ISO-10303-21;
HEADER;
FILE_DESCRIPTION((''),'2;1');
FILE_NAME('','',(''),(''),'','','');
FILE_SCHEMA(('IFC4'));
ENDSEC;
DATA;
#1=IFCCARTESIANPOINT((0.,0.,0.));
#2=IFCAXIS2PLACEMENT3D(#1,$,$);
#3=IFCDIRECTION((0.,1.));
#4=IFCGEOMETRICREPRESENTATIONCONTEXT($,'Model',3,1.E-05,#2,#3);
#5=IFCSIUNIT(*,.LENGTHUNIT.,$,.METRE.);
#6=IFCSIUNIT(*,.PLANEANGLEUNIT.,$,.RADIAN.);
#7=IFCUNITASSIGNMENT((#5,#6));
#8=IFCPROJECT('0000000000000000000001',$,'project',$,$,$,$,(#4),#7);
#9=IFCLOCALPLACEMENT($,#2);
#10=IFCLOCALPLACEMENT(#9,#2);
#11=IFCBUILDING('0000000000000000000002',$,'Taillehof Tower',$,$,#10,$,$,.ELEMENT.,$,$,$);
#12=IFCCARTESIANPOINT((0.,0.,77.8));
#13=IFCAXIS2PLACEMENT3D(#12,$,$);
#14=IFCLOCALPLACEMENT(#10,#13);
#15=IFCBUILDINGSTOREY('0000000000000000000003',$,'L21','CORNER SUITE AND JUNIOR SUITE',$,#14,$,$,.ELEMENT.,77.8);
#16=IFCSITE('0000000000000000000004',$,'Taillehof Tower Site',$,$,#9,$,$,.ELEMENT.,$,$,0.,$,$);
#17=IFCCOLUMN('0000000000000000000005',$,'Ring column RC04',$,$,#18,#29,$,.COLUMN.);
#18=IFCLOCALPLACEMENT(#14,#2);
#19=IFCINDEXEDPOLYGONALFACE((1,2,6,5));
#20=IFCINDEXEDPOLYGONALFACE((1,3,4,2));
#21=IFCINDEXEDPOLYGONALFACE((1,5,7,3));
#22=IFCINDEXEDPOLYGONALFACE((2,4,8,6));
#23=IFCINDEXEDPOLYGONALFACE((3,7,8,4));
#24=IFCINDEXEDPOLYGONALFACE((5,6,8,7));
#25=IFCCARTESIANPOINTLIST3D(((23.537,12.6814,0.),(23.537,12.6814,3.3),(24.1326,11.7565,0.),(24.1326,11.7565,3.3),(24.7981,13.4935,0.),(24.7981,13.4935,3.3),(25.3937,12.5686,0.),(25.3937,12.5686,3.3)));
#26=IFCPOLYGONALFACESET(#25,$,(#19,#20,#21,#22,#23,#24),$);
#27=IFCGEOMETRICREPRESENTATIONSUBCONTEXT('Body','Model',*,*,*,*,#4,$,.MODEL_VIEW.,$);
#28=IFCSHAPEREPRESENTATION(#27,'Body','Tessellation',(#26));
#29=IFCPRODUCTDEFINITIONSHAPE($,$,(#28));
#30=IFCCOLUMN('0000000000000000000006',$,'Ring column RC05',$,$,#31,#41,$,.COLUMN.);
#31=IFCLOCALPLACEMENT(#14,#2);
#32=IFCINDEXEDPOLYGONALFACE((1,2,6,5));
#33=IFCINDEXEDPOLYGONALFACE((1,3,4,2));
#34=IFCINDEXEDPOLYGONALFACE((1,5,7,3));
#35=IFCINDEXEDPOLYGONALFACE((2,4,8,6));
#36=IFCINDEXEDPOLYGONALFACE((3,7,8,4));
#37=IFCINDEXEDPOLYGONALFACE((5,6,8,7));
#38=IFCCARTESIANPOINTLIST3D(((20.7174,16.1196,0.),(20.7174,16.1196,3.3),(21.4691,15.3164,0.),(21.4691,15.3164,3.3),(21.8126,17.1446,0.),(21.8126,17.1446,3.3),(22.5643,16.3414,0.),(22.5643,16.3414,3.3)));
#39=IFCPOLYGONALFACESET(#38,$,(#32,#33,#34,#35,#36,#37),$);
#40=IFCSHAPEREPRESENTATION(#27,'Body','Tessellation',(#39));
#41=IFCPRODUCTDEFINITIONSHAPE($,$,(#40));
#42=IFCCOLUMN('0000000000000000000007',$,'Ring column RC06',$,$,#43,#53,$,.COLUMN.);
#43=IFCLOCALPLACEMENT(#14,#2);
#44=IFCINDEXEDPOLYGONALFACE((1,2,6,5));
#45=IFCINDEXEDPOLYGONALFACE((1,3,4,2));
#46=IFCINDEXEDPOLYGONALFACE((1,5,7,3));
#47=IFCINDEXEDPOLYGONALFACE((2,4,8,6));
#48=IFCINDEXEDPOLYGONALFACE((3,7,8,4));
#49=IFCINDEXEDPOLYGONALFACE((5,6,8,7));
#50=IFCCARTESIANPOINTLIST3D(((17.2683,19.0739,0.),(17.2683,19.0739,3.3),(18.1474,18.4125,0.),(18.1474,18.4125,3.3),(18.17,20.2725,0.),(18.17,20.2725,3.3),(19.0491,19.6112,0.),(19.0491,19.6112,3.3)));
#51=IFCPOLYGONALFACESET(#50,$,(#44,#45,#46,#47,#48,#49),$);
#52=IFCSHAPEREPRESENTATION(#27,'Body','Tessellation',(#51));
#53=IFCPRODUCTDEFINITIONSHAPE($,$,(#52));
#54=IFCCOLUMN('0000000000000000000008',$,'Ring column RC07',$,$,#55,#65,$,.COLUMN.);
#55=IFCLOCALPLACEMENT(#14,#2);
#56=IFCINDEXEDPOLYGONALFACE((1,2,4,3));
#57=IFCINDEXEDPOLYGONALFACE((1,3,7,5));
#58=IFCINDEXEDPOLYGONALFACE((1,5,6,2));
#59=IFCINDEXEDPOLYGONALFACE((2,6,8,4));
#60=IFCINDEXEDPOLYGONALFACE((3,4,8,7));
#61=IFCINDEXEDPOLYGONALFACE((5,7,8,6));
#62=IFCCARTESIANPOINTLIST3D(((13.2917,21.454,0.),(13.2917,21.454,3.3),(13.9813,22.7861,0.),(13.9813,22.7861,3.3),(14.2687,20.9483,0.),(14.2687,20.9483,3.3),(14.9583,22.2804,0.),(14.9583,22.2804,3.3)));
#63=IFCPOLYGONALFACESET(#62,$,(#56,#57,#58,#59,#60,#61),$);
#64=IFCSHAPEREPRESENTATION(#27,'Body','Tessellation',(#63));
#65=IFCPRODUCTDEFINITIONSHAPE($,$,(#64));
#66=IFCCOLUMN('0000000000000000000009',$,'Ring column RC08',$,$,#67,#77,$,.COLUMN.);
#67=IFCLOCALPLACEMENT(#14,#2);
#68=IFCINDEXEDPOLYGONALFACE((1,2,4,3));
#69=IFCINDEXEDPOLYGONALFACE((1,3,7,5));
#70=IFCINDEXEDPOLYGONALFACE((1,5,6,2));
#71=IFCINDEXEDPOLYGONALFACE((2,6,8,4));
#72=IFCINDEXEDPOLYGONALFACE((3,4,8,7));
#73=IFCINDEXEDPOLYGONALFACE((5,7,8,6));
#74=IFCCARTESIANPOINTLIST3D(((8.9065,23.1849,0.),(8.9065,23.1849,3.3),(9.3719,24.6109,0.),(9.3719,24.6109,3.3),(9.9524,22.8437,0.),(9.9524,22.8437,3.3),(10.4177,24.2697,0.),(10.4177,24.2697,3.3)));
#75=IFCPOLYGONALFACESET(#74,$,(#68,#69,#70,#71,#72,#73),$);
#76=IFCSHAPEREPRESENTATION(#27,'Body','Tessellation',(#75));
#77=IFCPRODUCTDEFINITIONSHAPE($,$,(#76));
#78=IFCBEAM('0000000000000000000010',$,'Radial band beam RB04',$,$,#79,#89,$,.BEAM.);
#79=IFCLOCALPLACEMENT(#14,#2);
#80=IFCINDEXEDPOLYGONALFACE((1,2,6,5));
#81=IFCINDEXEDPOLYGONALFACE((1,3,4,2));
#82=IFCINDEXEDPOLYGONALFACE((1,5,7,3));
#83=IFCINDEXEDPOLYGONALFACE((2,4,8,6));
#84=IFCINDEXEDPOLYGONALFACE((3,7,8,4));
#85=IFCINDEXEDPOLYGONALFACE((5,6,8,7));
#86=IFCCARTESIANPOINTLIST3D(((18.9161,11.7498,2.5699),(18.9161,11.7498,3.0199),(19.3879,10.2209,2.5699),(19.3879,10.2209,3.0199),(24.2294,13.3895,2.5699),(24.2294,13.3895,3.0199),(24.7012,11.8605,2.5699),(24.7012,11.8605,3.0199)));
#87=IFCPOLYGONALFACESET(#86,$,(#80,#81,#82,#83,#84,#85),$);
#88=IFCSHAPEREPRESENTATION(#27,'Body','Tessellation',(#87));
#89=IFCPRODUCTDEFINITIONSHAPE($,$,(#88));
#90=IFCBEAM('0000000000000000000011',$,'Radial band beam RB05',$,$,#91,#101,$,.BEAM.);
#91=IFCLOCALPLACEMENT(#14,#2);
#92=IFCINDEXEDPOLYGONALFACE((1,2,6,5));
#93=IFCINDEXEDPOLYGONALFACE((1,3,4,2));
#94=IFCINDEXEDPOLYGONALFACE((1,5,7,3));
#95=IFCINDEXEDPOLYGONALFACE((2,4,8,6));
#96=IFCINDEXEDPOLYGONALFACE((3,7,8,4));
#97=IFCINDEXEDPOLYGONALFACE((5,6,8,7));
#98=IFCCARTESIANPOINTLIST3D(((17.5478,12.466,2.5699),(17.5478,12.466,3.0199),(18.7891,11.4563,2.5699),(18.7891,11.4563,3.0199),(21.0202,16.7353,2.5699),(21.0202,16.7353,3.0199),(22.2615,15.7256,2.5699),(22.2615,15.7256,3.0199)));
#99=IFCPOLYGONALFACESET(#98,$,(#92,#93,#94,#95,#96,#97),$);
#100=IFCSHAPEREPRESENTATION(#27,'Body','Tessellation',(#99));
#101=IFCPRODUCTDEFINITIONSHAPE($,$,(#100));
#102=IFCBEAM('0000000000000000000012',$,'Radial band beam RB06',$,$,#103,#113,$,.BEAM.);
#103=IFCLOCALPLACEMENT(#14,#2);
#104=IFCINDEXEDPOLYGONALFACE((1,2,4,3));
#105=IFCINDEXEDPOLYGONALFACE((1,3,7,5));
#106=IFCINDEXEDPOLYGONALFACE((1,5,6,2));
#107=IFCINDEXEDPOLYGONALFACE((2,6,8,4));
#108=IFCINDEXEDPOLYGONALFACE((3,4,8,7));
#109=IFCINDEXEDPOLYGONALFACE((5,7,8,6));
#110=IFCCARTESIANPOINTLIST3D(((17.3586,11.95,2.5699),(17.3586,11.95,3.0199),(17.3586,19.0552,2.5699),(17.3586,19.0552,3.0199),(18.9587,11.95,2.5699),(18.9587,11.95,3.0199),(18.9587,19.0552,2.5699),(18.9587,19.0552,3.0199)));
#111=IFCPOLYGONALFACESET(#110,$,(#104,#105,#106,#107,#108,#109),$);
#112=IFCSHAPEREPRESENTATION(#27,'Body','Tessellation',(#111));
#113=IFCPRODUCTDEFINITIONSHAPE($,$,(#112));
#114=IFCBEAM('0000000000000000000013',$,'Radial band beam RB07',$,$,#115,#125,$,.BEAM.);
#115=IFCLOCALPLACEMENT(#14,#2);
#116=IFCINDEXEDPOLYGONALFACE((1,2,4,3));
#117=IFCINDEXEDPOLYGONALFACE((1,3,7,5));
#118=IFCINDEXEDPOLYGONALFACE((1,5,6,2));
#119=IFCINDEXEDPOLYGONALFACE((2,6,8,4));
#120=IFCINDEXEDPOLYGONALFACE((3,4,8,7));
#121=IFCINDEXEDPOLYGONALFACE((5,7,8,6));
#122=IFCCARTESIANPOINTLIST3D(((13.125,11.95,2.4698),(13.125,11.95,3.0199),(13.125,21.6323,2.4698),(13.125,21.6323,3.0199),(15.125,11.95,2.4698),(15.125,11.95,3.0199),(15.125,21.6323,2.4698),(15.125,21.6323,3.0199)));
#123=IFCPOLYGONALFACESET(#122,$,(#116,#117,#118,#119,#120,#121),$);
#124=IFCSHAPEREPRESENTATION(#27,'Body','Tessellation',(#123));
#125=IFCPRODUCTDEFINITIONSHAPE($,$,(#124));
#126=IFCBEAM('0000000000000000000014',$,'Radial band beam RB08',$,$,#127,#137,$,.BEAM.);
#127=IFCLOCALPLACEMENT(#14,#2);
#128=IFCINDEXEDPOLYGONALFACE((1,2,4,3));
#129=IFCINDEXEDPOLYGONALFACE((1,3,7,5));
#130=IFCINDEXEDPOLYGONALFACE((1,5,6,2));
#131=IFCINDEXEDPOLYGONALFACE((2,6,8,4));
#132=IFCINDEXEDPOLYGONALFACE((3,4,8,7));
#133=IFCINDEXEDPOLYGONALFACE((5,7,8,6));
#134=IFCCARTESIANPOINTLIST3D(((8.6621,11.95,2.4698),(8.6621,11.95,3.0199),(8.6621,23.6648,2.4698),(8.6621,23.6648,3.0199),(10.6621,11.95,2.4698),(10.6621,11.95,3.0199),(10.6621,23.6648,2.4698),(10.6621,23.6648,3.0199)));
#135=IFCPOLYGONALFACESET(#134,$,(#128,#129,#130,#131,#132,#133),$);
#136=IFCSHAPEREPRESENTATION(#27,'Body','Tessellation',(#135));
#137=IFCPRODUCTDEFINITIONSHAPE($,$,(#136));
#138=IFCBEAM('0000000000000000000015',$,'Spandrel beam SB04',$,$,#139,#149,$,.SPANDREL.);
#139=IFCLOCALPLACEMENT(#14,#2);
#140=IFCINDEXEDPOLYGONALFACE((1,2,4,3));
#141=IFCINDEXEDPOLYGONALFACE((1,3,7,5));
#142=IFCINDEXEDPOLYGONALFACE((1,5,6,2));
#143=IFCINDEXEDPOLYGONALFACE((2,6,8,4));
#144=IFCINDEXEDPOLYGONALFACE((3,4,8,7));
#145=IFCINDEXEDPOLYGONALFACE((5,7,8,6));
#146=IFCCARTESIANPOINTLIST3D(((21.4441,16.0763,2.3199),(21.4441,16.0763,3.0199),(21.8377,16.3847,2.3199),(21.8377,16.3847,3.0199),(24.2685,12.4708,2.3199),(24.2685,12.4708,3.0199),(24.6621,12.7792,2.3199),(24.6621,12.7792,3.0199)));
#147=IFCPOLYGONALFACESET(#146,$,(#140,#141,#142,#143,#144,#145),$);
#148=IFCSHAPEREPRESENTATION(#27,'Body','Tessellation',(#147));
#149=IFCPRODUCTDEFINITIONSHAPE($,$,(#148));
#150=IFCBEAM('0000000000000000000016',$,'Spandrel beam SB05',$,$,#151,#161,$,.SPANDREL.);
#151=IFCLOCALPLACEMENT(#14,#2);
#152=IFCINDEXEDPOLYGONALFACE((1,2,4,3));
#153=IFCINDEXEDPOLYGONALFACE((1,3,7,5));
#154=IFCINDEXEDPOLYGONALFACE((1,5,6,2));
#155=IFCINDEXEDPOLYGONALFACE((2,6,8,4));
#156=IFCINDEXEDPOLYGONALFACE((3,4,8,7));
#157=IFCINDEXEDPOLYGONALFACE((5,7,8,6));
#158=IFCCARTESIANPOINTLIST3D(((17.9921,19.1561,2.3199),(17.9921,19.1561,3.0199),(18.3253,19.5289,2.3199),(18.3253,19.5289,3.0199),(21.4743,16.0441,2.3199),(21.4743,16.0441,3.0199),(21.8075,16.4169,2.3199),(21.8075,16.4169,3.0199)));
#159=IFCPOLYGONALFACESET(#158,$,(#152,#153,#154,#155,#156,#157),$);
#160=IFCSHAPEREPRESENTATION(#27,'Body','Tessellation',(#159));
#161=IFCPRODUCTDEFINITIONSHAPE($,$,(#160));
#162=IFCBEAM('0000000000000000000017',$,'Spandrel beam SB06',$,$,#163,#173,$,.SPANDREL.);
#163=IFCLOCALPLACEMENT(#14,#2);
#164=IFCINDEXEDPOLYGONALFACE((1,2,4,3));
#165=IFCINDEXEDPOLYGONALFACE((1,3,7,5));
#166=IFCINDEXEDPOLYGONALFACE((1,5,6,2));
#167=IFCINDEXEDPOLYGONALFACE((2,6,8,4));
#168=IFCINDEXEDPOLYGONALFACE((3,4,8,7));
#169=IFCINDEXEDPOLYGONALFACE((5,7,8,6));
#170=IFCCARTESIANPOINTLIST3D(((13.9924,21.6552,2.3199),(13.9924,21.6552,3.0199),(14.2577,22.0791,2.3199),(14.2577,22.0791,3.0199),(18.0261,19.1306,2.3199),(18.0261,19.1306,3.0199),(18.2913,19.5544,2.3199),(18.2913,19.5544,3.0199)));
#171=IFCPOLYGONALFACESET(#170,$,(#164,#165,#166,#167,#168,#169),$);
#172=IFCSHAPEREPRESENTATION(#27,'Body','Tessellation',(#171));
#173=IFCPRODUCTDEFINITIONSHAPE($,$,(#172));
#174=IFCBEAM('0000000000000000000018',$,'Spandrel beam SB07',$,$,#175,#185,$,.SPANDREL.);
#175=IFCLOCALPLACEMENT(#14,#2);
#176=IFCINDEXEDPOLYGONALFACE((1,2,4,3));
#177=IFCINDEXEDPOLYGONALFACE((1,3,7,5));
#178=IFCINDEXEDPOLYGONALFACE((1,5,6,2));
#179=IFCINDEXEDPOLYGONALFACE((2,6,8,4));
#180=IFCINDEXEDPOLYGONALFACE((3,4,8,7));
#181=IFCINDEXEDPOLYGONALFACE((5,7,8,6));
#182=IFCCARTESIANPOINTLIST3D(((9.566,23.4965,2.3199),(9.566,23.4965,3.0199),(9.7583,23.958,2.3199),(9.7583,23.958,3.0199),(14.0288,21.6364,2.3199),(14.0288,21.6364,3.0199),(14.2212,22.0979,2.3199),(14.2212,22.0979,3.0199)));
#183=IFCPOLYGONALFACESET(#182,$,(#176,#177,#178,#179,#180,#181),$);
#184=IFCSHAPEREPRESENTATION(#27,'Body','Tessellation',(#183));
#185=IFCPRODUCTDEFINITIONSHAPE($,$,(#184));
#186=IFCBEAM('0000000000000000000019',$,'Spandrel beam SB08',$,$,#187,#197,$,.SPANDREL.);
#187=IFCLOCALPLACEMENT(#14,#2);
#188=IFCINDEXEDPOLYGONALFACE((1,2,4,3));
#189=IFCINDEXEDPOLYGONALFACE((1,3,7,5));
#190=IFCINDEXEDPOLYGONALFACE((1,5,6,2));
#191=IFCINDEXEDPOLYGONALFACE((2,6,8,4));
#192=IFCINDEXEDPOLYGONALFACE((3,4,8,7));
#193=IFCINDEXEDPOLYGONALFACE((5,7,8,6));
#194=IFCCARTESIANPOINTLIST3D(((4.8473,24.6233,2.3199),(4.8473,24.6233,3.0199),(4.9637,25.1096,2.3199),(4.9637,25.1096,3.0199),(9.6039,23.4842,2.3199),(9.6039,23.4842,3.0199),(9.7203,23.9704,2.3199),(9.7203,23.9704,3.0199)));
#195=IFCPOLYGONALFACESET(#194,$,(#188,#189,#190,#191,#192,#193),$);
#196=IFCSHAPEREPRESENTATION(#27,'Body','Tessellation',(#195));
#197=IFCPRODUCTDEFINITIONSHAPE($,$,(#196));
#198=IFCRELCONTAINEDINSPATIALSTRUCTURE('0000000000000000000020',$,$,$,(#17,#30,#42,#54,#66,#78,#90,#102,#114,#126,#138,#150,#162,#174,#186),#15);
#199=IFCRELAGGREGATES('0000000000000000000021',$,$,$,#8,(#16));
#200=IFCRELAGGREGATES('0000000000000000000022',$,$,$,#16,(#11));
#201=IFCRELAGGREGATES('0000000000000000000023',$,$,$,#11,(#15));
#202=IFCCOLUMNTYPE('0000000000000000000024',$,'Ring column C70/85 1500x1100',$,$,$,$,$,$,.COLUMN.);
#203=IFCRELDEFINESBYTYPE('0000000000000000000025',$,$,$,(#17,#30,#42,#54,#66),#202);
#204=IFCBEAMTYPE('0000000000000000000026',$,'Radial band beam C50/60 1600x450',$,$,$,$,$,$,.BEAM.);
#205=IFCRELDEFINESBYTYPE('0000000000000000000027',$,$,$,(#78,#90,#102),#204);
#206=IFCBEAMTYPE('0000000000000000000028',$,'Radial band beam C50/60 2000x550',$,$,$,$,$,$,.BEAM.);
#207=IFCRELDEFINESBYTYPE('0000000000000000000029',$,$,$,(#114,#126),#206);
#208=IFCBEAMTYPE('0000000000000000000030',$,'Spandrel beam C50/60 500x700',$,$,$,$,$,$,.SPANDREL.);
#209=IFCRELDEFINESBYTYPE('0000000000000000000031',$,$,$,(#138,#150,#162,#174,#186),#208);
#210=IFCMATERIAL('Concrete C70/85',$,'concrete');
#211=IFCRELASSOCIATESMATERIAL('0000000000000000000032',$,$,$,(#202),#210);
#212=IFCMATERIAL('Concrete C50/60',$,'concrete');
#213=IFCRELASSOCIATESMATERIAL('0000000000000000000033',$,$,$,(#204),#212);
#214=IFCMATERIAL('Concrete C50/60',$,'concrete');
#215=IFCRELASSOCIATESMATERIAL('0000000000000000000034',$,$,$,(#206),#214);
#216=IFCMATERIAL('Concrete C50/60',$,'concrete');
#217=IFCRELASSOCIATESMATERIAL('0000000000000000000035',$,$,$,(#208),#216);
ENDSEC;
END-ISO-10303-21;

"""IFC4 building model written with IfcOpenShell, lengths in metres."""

from ifc_helpers import new_model, si_unit, direction, frame, origin, origin_2d, place, context, subcontext, project, spatial, rectangle, extrude, material, material_profile, profile_set, type_object, element, save


model = new_model("IFC4")

# Units and contexts
model_context = context("Model", 3, precision=1e-05, world=origin(), true_north=direction((0.0, 1.0)))
body_context = subcontext(model_context, "Body", "Model", "MODEL_VIEW")
ifc_project = project(units=[si_unit("LENGTHUNIT", "METRE"), si_unit("PLANEANGLEUNIT", "RADIAN")], contexts=[model_context])

# Site, building, storey
site_placement = place(None, origin())
site = spatial("IfcSite", under=ifc_project, at=site_placement, Name="Taillehof Tower Site", CompositionType="ELEMENT", RefElevation=0.0)
building_placement = place(site_placement, origin())
building = spatial("IfcBuilding", under=site, at=building_placement, Name="Taillehof Tower", CompositionType="ELEMENT")
storey_placement = place(building_placement, frame((0.0, 0.0, 77.8)))
storey = spatial("IfcBuildingStorey", under=building, at=storey_placement, Name="L21", Description="CORNER SUITE AND JUNIOR SUITE", CompositionType="ELEMENT", Elevation=77.8)

# Columns
ifc_material_1 = material(Name="Concrete C70/85", Category="concrete")
ifc_material_profile_1 = material_profile(ifc_material_1, rectangle(XDim=1.5, YDim=1.1001, at=origin_2d()), Name="RC 1500x1100")
ifc_profile_set_1 = profile_set([ifc_material_profile_1], Name="Concrete C70/85")
column_type = type_object("IfcColumnType", Name="Ring column C70/85 1500x1100", PredefinedType="COLUMN", material=ifc_profile_set_1)
for number, where, z_axis, x_axis, name in (
    (1, (24.4653, 12.625, 0.0), (0.0, 0.0, 1.0), (0.840754, 0.541418, 0.0), "Ring column RC04"),
    (2, (21.6409, 16.2305, 0.0), (0.0, 0.0, 1.0), (0.730113, 0.683326, 0.0), "Ring column RC05"),
    (3, (18.1587, 19.3425, 0.0), (0.0, 0.0, 1.0), (0.601174, 0.799118, 0.0), "Ring column RC06"),
    (4, (14.125, 21.8672, 0.0), (0.0, 0.0, 1.0), (0.459691, 0.888079, 0.0), "Ring column RC07"),
    (5, (9.6621, 23.7273, 0.0), (0.0, 0.0, 1.0), (0.310219, 0.950665, 0.0), "Ring column RC08"),
):
    element("IfcColumn", number, at=place(storey_placement, frame(where, z_axis=z_axis, x_axis=x_axis)), inside=storey, type_object=column_type, Name=name, PredefinedType="COLUMN", context=body_context, shape_type="SweptSolid", body=[
        extrude(rectangle(XDim=1.5, YDim=1.1001, at=origin_2d()), origin(), (0.0, 0.0, 1.0), 3.3),
    ])

# Beams
ifc_material_2 = material(Name="Concrete C50/60", Category="concrete")
ifc_material_profile_2 = material_profile(ifc_material_2, rectangle(XDim=1.6001, YDim=0.45, at=origin_2d()), Name="RC 1600x450")
ifc_profile_set_2 = profile_set([ifc_material_profile_2], Name="Concrete C50/60")
beam_type_1 = type_object("IfcBeamType", Name="Radial band beam C50/60 1600x450", PredefinedType="BEAM", material=ifc_profile_set_2)
beam_1_placement = place(storey_placement, frame((24.4653, 12.625, 2.7949), z_axis=(-0.955536, -0.294876, 0.0), x_axis=(0.294876, -0.955536, 0.0)))
element("IfcBeam", 6, at=beam_1_placement, inside=storey, type_object=beam_type_1, Name="Radial band beam RB04", PredefinedType="BEAM", context=body_context, shape_type="SweptSolid", body=[
    extrude(rectangle(XDim=1.6001, YDim=0.45, at=origin_2d()), origin(), (0.0, 0.0, 1.0), 5.5605),
])
beam_2_placement = place(storey_placement, frame((21.6409, 16.2305, 2.7949), z_axis=(-0.630988, -0.775792, 0.0), x_axis=(0.775792, -0.630988, 0.0)))
element("IfcBeam", 7, at=beam_2_placement, inside=storey, type_object=beam_type_1, Name="Radial band beam RB05", PredefinedType="BEAM", context=body_context, shape_type="SweptSolid", body=[
    extrude(rectangle(XDim=1.6001, YDim=0.45, at=origin_2d()), origin(), (0.0, 0.0, 1.0), 5.5032),
])
beam_3_placement = place(storey_placement, frame((18.1587, 19.0552, 2.7949), z_axis=(0.0, -1.0, 0.0), x_axis=(1.0, 0.0, 0.0)))
element("IfcBeam", 8, at=beam_3_placement, inside=storey, type_object=beam_type_1, Name="Radial band beam RB06", PredefinedType="BEAM", context=body_context, shape_type="SweptSolid", body=[
    extrude(rectangle(XDim=1.6001, YDim=0.45, at=origin_2d()), origin(), (0.0, 0.0, 1.0), 7.1052),
])
ifc_material_3 = material(Name="Concrete C50/60", Category="concrete")
ifc_material_profile_3 = material_profile(ifc_material_3, rectangle(XDim=2.0, YDim=0.55, at=origin_2d()), Name="RC 2000x550")
ifc_profile_set_3 = profile_set([ifc_material_profile_3], Name="Concrete C50/60")
beam_type_2 = type_object("IfcBeamType", Name="Radial band beam C50/60 2000x550", PredefinedType="BEAM", material=ifc_profile_set_3)
beam_4_placement = place(storey_placement, frame((14.125, 21.6323, 2.7449), z_axis=(0.0, -1.0, 0.0), x_axis=(1.0, 0.0, 0.0)))
element("IfcBeam", 9, at=beam_4_placement, inside=storey, type_object=beam_type_2, Name="Radial band beam RB07", PredefinedType="BEAM", context=body_context, shape_type="SweptSolid", body=[
    extrude(rectangle(XDim=2.0, YDim=0.55, at=origin_2d()), origin(), (0.0, 0.0, 1.0), 9.6824),
])
beam_5_placement = place(storey_placement, frame((9.6621, 23.6648, 2.7449), z_axis=(0.0, -1.0, 0.0), x_axis=(1.0, 0.0, 0.0)))
element("IfcBeam", 10, at=beam_5_placement, inside=storey, type_object=beam_type_2, Name="Radial band beam RB08", PredefinedType="BEAM", context=body_context, shape_type="SweptSolid", body=[
    extrude(rectangle(XDim=2.0, YDim=0.55, at=origin_2d()), origin(), (0.0, 0.0, 1.0), 11.7148),
])
ifc_material_4 = material(Name="Concrete C50/60", Category="concrete")
ifc_material_profile_4 = material_profile(ifc_material_4, rectangle(XDim=0.5, YDim=0.7, at=origin_2d()), Name="RC 500x700")
ifc_profile_set_4 = profile_set([ifc_material_profile_4], Name="Concrete C50/60")
beam_type_3 = type_object("IfcBeamType", Name="Spandrel beam C50/60 500x700", PredefinedType="SPANDREL", material=ifc_profile_set_4)
beam_6_placement = place(storey_placement, frame((24.4653, 12.625, 2.6699), z_axis=(-0.616686, 0.787209, 0.0), x_axis=(-0.787209, -0.616686, 0.0)))
element("IfcBeam", 11, at=beam_6_placement, inside=storey, type_object=beam_type_3, Name="Spandrel beam SB04", PredefinedType="SPANDREL", context=body_context, shape_type="SweptSolid", body=[
    extrude(rectangle(XDim=0.5, YDim=0.7, at=origin_2d()), origin(), (0.0, 0.0, 1.0), 4.5801),
])
beam_7_placement = place(storey_placement, frame((21.6409, 16.2305, 2.6699), z_axis=(-0.745621, 0.66637, 0.0), x_axis=(-0.66637, -0.745621, 0.0)))
element("IfcBeam", 12, at=beam_7_placement, inside=storey, type_object=beam_type_3, Name="Spandrel beam SB05", PredefinedType="SPANDREL", context=body_context, shape_type="SweptSolid", body=[
    extrude(rectangle(XDim=0.5, YDim=0.7, at=origin_2d()), origin(), (0.0, 0.0, 1.0), 4.6702),
])
beam_8_placement = place(storey_placement, frame((18.1587, 19.3425, 2.6699), z_axis=(-0.847658, 0.530543, 0.0), x_axis=(-0.530543, -0.847658, 0.0)))
element("IfcBeam", 13, at=beam_8_placement, inside=storey, type_object=beam_type_3, Name="Spandrel beam SB06", PredefinedType="SPANDREL", context=body_context, shape_type="SweptSolid", body=[
    extrude(rectangle(XDim=0.5, YDim=0.7, at=origin_2d()), origin(), (0.0, 0.0, 1.0), 4.7585),
])
beam_9_placement = place(storey_placement, frame((14.125, 21.8672, 2.6699), z_axis=(-0.923035, 0.384716, 0.0), x_axis=(-0.384716, -0.923035, 0.0)))
element("IfcBeam", 14, at=beam_9_placement, inside=storey, type_object=beam_type_3, Name="Spandrel beam SB07", PredefinedType="SPANDREL", context=body_context, shape_type="SweptSolid", body=[
    extrude(rectangle(XDim=0.5, YDim=0.7, at=origin_2d()), origin(), (0.0, 0.0, 1.0), 4.835),
])
beam_10_placement = place(storey_placement, frame((9.6621, 23.7273, 2.6699), z_axis=(-0.9725, 0.232905, 0.0), x_axis=(-0.232905, -0.9725, 0.0)))
element("IfcBeam", 15, at=beam_10_placement, inside=storey, type_object=beam_type_3, Name="Spandrel beam SB08", PredefinedType="SPANDREL", context=body_context, shape_type="SweptSolid", body=[
    extrude(rectangle(XDim=0.5, YDim=0.7, at=origin_2d()), origin(), (0.0, 0.0, 1.0), 4.8911),
])

save(model, "model.ifc")
